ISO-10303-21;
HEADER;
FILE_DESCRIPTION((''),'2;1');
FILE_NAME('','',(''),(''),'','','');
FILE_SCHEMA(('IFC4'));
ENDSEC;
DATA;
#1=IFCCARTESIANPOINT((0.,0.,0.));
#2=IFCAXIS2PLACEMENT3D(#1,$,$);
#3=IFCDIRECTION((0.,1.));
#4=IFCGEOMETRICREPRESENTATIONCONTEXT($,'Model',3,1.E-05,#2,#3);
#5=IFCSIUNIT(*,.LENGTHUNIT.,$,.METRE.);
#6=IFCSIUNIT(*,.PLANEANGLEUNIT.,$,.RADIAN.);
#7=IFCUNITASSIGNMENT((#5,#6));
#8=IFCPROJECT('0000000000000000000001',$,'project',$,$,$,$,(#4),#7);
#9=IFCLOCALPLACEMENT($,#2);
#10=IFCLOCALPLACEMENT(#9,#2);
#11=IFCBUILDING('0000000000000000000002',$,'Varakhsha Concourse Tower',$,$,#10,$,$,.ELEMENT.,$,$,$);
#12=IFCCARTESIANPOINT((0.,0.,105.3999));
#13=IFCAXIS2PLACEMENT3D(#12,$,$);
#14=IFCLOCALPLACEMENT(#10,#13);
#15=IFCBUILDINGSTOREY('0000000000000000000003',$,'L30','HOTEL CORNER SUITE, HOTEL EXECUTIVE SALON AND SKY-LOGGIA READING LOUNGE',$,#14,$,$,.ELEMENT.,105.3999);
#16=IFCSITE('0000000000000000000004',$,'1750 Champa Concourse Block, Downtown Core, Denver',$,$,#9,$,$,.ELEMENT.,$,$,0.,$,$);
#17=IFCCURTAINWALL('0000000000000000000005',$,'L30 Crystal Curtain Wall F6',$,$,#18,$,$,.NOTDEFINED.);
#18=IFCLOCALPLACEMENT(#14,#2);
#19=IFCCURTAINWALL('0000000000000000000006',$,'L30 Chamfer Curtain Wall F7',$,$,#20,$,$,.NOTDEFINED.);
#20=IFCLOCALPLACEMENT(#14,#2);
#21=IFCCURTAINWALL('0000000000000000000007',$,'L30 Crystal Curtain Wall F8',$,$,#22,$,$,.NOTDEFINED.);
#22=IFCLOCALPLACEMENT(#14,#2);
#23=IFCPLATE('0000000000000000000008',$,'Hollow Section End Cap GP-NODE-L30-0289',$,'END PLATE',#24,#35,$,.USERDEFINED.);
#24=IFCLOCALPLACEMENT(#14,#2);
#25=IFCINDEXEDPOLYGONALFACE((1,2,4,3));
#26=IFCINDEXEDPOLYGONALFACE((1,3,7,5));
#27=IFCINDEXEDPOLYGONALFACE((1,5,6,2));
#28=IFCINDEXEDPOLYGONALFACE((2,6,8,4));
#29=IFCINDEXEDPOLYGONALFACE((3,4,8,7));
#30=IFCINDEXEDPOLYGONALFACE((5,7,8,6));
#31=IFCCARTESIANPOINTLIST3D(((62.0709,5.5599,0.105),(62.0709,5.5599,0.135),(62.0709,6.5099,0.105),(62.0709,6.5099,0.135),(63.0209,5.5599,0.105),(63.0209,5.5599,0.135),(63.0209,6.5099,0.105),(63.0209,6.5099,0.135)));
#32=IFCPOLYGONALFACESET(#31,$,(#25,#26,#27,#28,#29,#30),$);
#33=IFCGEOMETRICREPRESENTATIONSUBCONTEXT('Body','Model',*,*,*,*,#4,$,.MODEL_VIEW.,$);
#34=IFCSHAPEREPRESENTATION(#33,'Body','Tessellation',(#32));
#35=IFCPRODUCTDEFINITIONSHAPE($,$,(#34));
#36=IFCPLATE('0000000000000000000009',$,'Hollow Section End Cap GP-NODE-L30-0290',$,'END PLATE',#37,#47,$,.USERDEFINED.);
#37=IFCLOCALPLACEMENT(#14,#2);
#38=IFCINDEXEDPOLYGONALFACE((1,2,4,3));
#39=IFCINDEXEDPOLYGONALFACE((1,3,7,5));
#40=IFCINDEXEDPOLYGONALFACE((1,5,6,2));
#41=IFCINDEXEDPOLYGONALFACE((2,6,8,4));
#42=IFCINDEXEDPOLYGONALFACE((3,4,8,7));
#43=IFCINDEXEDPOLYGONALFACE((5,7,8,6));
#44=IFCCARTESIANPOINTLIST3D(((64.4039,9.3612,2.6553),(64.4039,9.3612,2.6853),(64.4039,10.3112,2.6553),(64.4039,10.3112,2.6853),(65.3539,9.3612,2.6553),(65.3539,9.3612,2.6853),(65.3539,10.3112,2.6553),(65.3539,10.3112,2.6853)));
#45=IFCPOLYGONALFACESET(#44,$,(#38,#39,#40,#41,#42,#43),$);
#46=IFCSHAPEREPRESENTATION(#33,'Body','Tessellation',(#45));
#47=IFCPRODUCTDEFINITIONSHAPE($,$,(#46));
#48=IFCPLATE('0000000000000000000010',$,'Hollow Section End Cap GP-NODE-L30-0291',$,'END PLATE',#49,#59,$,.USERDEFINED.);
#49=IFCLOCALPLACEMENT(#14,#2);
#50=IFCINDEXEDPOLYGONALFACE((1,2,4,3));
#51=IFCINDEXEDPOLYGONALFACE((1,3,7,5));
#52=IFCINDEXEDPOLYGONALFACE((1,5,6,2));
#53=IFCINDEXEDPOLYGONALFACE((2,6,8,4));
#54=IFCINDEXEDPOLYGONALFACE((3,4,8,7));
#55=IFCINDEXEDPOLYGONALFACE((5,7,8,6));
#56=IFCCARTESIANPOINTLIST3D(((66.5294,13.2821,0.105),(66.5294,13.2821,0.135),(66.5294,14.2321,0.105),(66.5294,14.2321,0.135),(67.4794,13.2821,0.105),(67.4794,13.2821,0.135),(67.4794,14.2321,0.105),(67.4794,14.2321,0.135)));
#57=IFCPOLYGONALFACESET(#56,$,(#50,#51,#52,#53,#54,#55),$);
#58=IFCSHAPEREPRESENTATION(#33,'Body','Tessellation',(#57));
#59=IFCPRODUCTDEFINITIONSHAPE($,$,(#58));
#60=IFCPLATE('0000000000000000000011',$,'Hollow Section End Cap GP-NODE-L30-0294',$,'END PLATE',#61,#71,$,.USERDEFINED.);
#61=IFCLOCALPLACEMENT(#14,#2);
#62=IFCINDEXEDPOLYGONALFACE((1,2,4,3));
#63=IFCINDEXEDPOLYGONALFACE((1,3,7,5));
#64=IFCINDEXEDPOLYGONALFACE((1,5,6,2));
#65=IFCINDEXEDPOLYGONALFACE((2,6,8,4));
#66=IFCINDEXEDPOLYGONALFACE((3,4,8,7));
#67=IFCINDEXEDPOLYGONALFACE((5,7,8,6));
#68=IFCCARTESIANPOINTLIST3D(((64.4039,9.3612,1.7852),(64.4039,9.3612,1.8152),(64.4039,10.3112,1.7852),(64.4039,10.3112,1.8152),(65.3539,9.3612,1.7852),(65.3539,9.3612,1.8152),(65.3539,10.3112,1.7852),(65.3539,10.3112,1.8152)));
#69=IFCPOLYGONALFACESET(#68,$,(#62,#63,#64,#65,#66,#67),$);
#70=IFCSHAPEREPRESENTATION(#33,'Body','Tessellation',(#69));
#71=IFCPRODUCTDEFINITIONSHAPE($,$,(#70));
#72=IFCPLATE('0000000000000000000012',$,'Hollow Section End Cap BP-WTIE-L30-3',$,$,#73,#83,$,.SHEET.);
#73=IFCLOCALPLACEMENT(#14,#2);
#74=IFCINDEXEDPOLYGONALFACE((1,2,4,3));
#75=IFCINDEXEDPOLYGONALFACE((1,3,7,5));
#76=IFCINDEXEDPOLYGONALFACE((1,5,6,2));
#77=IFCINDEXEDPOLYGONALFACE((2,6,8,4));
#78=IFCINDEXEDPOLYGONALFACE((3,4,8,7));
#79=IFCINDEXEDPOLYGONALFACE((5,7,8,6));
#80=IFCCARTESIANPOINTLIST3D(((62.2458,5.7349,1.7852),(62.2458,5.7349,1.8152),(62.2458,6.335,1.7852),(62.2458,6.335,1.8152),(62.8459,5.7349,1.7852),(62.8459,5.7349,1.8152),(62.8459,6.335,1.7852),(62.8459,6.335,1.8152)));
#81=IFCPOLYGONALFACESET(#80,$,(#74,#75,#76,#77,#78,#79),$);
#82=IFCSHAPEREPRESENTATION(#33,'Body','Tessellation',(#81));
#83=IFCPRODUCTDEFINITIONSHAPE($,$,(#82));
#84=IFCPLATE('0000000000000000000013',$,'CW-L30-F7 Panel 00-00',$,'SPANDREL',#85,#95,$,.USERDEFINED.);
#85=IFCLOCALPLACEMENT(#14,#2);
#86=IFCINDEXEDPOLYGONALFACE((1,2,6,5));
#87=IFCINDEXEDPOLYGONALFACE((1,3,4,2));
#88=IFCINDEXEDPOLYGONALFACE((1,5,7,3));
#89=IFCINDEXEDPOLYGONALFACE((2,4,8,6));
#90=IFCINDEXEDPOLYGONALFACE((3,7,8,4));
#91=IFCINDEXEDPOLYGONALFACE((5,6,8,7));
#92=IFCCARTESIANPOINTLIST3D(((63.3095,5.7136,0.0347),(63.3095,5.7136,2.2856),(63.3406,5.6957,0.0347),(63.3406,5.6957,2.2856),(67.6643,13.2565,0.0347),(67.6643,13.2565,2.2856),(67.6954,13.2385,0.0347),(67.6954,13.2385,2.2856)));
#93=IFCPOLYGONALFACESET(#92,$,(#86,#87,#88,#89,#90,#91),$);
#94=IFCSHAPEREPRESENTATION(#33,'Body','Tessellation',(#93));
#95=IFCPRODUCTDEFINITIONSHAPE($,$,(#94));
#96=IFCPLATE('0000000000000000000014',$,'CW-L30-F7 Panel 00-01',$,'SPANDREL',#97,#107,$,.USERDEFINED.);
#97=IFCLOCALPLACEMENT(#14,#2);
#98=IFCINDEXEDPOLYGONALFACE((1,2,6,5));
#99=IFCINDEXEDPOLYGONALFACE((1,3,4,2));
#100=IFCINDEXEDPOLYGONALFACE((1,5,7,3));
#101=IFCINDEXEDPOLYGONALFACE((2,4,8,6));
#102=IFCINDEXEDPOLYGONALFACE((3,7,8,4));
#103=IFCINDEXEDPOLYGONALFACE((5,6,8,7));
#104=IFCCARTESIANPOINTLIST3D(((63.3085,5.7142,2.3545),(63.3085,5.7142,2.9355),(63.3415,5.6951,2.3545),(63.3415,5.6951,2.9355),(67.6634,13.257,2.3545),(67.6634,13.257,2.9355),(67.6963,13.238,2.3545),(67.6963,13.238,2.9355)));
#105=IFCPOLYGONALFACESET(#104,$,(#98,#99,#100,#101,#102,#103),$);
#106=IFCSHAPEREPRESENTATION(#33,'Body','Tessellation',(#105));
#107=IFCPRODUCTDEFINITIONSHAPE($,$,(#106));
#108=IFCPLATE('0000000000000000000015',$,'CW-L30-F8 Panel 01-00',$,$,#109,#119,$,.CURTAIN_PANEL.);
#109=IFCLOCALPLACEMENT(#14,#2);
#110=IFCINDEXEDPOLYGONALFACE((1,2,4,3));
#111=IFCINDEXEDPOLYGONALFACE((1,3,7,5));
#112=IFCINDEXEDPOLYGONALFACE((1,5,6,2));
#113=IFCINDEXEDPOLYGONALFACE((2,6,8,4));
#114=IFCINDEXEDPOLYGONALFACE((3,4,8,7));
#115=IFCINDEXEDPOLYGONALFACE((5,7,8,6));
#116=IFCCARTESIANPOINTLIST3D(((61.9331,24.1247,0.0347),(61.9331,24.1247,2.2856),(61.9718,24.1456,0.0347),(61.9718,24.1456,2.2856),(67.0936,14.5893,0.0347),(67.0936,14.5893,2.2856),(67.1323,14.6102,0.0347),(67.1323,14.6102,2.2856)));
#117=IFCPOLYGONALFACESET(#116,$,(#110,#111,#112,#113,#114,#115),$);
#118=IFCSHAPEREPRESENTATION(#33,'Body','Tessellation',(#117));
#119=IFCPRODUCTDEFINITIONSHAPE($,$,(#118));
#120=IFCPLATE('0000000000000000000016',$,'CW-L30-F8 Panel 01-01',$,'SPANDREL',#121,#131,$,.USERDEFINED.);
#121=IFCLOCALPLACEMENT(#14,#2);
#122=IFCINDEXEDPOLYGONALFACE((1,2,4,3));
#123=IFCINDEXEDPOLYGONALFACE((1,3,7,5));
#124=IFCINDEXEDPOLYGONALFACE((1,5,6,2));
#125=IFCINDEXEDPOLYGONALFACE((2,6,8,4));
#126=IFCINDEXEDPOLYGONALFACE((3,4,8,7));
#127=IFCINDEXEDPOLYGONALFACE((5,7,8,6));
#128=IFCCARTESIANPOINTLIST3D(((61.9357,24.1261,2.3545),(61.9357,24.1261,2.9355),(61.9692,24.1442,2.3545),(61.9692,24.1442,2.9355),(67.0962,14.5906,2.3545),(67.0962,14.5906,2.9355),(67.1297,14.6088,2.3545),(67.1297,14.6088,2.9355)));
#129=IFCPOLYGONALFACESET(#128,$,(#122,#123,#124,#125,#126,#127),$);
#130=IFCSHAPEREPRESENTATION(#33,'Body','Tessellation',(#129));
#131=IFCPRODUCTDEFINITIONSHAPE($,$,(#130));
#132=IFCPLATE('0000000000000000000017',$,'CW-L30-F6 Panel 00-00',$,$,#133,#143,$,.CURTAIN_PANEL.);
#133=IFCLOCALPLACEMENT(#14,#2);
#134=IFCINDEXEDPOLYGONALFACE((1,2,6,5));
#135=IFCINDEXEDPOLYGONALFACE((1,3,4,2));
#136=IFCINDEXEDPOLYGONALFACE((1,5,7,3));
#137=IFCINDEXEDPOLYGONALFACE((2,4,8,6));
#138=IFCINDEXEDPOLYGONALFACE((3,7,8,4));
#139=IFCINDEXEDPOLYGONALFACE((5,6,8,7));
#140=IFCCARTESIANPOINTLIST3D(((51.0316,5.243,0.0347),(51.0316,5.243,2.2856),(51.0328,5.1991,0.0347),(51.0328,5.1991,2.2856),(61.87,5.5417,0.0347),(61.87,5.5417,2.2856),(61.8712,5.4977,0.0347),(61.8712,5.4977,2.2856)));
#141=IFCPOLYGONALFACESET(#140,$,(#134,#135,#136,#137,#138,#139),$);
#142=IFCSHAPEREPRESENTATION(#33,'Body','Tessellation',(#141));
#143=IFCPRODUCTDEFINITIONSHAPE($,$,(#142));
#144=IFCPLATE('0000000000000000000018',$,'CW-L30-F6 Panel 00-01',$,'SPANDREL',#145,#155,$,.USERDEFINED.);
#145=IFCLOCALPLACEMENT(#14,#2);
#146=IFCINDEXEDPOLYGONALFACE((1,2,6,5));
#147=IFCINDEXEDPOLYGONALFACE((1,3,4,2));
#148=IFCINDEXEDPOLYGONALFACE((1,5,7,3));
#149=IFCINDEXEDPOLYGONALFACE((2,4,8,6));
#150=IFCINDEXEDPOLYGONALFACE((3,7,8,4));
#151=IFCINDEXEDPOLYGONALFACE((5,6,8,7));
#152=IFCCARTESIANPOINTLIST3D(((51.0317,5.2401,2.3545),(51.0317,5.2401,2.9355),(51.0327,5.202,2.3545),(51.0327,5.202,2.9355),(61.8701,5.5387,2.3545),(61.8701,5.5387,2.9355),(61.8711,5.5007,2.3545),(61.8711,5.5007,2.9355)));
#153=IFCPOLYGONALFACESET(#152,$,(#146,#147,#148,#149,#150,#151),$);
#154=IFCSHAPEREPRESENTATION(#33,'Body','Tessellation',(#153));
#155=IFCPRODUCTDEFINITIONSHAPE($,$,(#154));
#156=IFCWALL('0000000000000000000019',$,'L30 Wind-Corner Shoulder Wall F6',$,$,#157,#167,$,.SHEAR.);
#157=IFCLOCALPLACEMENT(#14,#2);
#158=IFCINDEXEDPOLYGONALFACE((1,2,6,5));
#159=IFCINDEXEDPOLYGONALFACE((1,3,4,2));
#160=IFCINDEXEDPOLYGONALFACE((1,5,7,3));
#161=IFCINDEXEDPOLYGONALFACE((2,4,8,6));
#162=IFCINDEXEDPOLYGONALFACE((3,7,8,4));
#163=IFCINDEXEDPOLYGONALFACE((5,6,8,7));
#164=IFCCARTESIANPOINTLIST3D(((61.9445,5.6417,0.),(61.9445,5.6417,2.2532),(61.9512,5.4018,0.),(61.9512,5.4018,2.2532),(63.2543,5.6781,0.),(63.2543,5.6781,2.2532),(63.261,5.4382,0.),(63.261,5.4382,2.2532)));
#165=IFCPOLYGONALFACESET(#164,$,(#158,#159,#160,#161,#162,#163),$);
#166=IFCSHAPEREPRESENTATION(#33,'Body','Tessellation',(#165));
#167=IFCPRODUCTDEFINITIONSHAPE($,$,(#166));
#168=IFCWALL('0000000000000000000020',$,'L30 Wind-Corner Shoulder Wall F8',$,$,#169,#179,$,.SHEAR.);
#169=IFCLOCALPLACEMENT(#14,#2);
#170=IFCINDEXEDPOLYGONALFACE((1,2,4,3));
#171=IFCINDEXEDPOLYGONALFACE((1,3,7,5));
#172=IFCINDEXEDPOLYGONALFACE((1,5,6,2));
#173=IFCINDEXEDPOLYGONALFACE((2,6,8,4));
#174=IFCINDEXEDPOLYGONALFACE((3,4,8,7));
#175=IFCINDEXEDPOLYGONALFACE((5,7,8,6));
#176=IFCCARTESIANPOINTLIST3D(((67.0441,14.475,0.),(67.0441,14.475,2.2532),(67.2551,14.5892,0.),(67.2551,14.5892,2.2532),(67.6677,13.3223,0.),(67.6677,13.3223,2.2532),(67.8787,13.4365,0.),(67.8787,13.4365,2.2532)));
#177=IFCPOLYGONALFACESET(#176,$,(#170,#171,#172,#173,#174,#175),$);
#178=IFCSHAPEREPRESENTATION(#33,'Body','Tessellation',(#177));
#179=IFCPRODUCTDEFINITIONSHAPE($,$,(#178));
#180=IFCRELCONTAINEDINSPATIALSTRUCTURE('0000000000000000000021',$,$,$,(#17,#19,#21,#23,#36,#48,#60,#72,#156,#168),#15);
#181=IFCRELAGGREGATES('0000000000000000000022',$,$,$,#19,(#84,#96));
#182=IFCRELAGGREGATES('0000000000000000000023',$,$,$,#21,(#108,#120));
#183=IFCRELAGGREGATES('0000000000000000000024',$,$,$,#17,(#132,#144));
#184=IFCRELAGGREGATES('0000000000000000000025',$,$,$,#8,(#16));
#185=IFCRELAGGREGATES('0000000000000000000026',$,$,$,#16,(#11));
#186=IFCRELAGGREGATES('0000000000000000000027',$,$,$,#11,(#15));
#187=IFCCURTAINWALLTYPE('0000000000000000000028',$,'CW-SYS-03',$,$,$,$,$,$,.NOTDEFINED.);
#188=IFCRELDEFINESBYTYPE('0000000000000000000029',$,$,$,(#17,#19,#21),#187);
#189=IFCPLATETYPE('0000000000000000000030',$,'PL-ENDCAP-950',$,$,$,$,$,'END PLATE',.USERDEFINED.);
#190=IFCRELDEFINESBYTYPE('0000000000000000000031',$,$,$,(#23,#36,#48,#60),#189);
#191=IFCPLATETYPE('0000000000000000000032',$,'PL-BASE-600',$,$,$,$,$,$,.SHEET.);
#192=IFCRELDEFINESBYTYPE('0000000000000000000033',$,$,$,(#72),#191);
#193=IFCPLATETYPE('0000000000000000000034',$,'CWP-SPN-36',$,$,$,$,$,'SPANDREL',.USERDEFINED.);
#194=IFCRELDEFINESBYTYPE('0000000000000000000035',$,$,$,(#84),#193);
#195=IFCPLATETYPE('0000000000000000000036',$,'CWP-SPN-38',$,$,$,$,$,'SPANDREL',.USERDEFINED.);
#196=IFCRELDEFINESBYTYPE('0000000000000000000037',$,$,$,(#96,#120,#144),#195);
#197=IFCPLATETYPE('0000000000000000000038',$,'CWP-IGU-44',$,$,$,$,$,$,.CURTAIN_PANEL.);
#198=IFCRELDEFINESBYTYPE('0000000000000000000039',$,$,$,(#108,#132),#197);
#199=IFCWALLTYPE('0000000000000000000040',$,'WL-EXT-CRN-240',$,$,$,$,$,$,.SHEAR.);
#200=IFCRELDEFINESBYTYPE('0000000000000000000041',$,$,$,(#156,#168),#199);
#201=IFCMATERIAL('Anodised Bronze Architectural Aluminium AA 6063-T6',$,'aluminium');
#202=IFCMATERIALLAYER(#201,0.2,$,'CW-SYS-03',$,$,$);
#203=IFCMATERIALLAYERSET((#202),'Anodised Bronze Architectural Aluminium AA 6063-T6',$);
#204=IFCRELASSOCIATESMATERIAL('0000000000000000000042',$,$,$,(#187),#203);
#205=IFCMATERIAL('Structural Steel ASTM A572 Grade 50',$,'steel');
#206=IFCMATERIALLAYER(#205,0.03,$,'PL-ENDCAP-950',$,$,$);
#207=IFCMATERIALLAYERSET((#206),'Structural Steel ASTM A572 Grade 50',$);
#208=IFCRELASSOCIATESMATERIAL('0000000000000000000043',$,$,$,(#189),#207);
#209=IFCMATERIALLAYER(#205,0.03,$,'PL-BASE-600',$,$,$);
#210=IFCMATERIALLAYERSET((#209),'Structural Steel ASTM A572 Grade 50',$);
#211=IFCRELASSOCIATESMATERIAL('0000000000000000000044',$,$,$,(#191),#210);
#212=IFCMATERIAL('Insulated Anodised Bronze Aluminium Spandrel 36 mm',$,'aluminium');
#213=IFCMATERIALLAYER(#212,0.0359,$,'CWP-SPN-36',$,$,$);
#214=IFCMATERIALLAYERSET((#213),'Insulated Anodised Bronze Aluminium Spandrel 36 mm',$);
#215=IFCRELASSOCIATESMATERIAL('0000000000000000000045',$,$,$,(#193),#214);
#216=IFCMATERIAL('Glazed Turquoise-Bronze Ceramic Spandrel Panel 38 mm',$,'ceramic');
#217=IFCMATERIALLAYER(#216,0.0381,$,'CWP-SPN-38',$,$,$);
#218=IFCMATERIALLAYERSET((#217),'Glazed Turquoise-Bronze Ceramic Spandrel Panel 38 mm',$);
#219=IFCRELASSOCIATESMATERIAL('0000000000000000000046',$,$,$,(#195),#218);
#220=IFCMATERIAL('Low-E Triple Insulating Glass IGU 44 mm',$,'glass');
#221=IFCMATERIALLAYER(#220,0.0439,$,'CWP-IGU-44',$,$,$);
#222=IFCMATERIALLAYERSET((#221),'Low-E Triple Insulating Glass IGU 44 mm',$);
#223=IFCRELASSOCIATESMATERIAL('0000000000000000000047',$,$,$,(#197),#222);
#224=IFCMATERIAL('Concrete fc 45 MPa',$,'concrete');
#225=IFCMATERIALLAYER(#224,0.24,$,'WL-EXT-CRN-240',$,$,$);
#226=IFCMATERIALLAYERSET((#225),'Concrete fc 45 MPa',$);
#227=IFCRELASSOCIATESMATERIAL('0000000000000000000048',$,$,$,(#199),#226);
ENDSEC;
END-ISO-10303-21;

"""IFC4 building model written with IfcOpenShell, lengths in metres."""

from ifc_helpers import new_model, si_unit, direction, frame, frame_2d, origin, origin_2d, place, context, subcontext, project, spatial, rectangle, extrude, source, transform, mapped, material, layer, layer_set, type_object, type_shapes, element, aggregate, save


model = new_model("IFC4")

# Units and contexts
model_context = context("Model", 3, precision=1e-05, world=origin(), true_north=direction((0.0, 1.0)))
body_context = subcontext(model_context, "Body", "Model", "MODEL_VIEW")
ifc_project = project(units=[si_unit("LENGTHUNIT", "METRE"), si_unit("PLANEANGLEUNIT", "RADIAN")], contexts=[model_context])

# Site, building, storey
site_placement = place(None, origin())
site = spatial("IfcSite", under=ifc_project, at=site_placement, Name="1750 Champa Concourse Block, Downtown Core, Denver", CompositionType="ELEMENT", RefElevation=0.0)
building_placement = place(site_placement, origin())
building = spatial("IfcBuilding", under=site, at=building_placement, Name="Varakhsha Concourse Tower", CompositionType="ELEMENT")
storey_placement = place(building_placement, frame((0.0, 0.0, 105.3999)))
storey = spatial("IfcBuildingStorey", under=building, at=storey_placement, Name="L30", Description="HOTEL CORNER SUITE, HOTEL EXECUTIVE SALON AND SKY-LOGGIA READING LOUNGE", CompositionType="ELEMENT", Elevation=105.3999)

# Shared definitions
ifc_material_1 = material(Name="Structural Steel ASTM A572 Grade 50", Category="steel")

# Curtain wall
ifc_material_2 = material(Name="Anodised Bronze Architectural Aluminium AA 6063-T6", Category="aluminium")
ifc_layer_1 = layer(ifc_material_2, 0.2, Name="CW-SYS-03")
ifc_layer_set_1 = layer_set([ifc_layer_1], Name="Anodised Bronze Architectural Aluminium AA 6063-T6")
curtain_wall_type = type_object("IfcCurtainWallType", Name="CW-SYS-03", PredefinedType="NOTDEFINED", material=ifc_layer_set_1)
curtain_wall_1_placement = place(storey_placement, origin())
curtain_wall_1 = element("IfcCurtainWall", 1, at=curtain_wall_1_placement, inside=storey, type_object=curtain_wall_type, Name="L30 Crystal Curtain Wall F6", PredefinedType="NOTDEFINED")

# Curtain walls
curtain_wall_2_placement = place(storey_placement, origin())
curtain_wall_2 = element("IfcCurtainWall", 2, at=curtain_wall_2_placement, inside=storey, type_object=curtain_wall_type, Name="L30 Chamfer Curtain Wall F7", PredefinedType="NOTDEFINED")
curtain_wall_3_placement = place(storey_placement, origin())
curtain_wall_3 = element("IfcCurtainWall", 3, at=curtain_wall_3_placement, inside=storey, type_object=curtain_wall_type, Name="L30 Crystal Curtain Wall F8", PredefinedType="NOTDEFINED")

# Plates
ifc_layer_2 = layer(ifc_material_1, 0.03, Name="PL-ENDCAP-950")
ifc_layer_set_2 = layer_set([ifc_layer_2], Name="Structural Steel ASTM A572 Grade 50")
plate_type_1 = type_object("IfcPlateType", Name="PL-ENDCAP-950", ElementType="END PLATE", PredefinedType="USERDEFINED", material=ifc_layer_set_2)
shared_shape_1 = source(origin(), body_context, "Body", "SweptSolid", [
    extrude(rectangle(XDim=0.95, YDim=0.95, at=origin_2d()), origin(), (0.0, 0.0, 1.0), 0.03),
])
type_shapes(plate_type_1, [shared_shape_1])
for number, where, z_axis, x_axis, name in (
    (4, (62.5459, 6.0349, 0.105), (0.0, 0.0, 1.0), (1.0, 0.0, 0.0), "Hollow Section End Cap GP-NODE-L30-0289"),
    (5, (64.8789, 9.8362, 2.6553), (0.0, 0.0, 1.0), (1.0, 0.0, 0.0), "Hollow Section End Cap GP-NODE-L30-0290"),
    (6, (67.0044, 13.7571, 0.105), (0.0, 0.0, 1.0), (1.0, 0.0, 0.0), "Hollow Section End Cap GP-NODE-L30-0291"),
    (7, (64.8789, 9.8362, 1.7852), (0.0, 0.0, 1.0), (1.0, 0.0, 0.0), "Hollow Section End Cap GP-NODE-L30-0294"),
):
    element("IfcPlate", number, at=place(storey_placement, frame(where, z_axis=z_axis, x_axis=x_axis)), inside=storey, type_object=plate_type_1, Name=name, ObjectType="END PLATE", PredefinedType="USERDEFINED", context=body_context, shape_type="MappedRepresentation", body=[
        mapped(shared_shape_1, transform((0.0, 0.0, 0.0), scale=1.0)),
    ])
ifc_layer_3 = layer(ifc_material_1, 0.03, Name="PL-BASE-600")
ifc_layer_set_3 = layer_set([ifc_layer_3], Name="Structural Steel ASTM A572 Grade 50")
plate_type_2 = type_object("IfcPlateType", Name="PL-BASE-600", PredefinedType="SHEET", material=ifc_layer_set_3)
shared_shape_2 = source(origin(), body_context, "Body", "SweptSolid", [
    extrude(rectangle(XDim=0.6001, YDim=0.6001, at=origin_2d()), origin(), (0.0, 0.0, 1.0), 0.03),
])
type_shapes(plate_type_2, [shared_shape_2])
plate_1_placement = place(storey_placement, frame((62.5459, 6.0349, 1.7852), z_axis=(0.0, 0.0, 1.0), x_axis=(1.0, 0.0, 0.0)))
element("IfcPlate", 8, at=plate_1_placement, inside=storey, type_object=plate_type_2, Name="Hollow Section End Cap BP-WTIE-L30-3", PredefinedType="SHEET", context=body_context, shape_type="MappedRepresentation", body=[
    mapped(shared_shape_2, transform((0.0, 0.0, 0.0), scale=1.0)),
])

# Plates
ifc_material_3 = material(Name="Insulated Anodised Bronze Aluminium Spandrel 36 mm", Category="aluminium")
ifc_layer_4 = layer(ifc_material_3, 0.0359, Name="CWP-SPN-36")
ifc_layer_set_4 = layer_set([ifc_layer_4], Name="Insulated Anodised Bronze Aluminium Spandrel 36 mm")
plate_type_3 = type_object("IfcPlateType", Name="CWP-SPN-36", ElementType="SPANDREL", PredefinedType="USERDEFINED", material=ifc_layer_set_4)
shared_shape_3 = source(origin(), body_context, "Body", "SweptSolid", [
    extrude(rectangle(XDim=8.7097, YDim=0.0359, at=origin_2d()), origin(), (0.0, 0.0, 1.0), 2.251),
])
type_shapes(plate_type_3, [shared_shape_3])
plate_2_placement = place(storey_placement, frame((65.5024, 9.4761, 0.0347), z_axis=(0.0, 0.0, 1.0), x_axis=(-0.499997, -0.866027, 0.0)))
plate_2 = element("IfcPlate", 9, at=plate_2_placement, type_object=plate_type_3, Name="CW-L30-F7 Panel 00-00", ObjectType="SPANDREL", PredefinedType="USERDEFINED", context=body_context, shape_type="MappedRepresentation", body=[
    mapped(shared_shape_3, transform((0.0, 0.0, 0.0), scale=1.0)),
])
ifc_material_4 = material(Name="Glazed Turquoise-Bronze Ceramic Spandrel Panel 38 mm", Category="ceramic")
ifc_layer_5 = layer(ifc_material_4, 0.0381, Name="CWP-SPN-38")
ifc_layer_set_5 = layer_set([ifc_layer_5], Name="Glazed Turquoise-Bronze Ceramic Spandrel Panel 38 mm")
plate_type_4 = type_object("IfcPlateType", Name="CWP-SPN-38", ElementType="SPANDREL", PredefinedType="USERDEFINED", material=ifc_layer_set_5)
shared_shape_4 = source(origin(), body_context, "Body", "SweptSolid", [
    extrude(rectangle(XDim=8.7097, YDim=0.0381, at=origin_2d()), origin(), (0.0, 0.0, 1.0), 0.5811),
])
plate_3_placement = place(storey_placement, frame((65.5024, 9.4761, 2.3545), z_axis=(0.0, 0.0, 1.0), x_axis=(-0.499997, -0.866027, 0.0)))
plate_3 = element("IfcPlate", 10, at=plate_3_placement, type_object=plate_type_4, Name="CW-L30-F7 Panel 00-01", ObjectType="SPANDREL", PredefinedType="USERDEFINED", context=body_context, shape_type="MappedRepresentation", body=[
    mapped(shared_shape_4, transform((0.0, 0.0, 0.0), scale=1.0)),
])
aggregate(curtain_wall_2, [plate_2, plate_3])
ifc_material_5 = material(Name="Low-E Triple Insulating Glass IGU 44 mm", Category="glass")
ifc_layer_6 = layer(ifc_material_5, 0.0439, Name="CWP-IGU-44")
ifc_layer_set_6 = layer_set([ifc_layer_6], Name="Low-E Triple Insulating Glass IGU 44 mm")
plate_type_5 = type_object("IfcPlateType", Name="CWP-IGU-44", PredefinedType="CURTAIN_PANEL", material=ifc_layer_set_6)
shared_shape_5 = source(origin(), body_context, "Body", "SweptSolid", [
    extrude(rectangle(XDim=10.8423, YDim=0.0439, at=origin_2d()), origin(), (0.0, 0.0, 1.0), 2.251),
])
plate_4_placement = place(storey_placement, frame((64.5327, 19.3674, 0.0347), z_axis=(0.0, 0.0, 1.0), x_axis=(0.475959, -0.879468, 0.0)))
plate_4 = element("IfcPlate", 11, at=plate_4_placement, type_object=plate_type_5, Name="CW-L30-F8 Panel 01-00", PredefinedType="CURTAIN_PANEL", context=body_context, shape_type="MappedRepresentation", body=[
    mapped(shared_shape_5, transform((0.0, 0.0, 0.0), scale=1.0)),
])
shared_shape_6 = source(origin(), body_context, "Body", "SweptSolid", [
    extrude(rectangle(XDim=10.8423, YDim=0.0381, at=origin_2d()), origin(), (0.0, 0.0, 1.0), 0.5811),
])
plate_5_placement = place(storey_placement, frame((64.5327, 19.3674, 2.3545), z_axis=(0.0, 0.0, 1.0), x_axis=(0.475959, -0.879468, 0.0)))
plate_5 = element("IfcPlate", 12, at=plate_5_placement, type_object=plate_type_4, Name="CW-L30-F8 Panel 01-01", ObjectType="SPANDREL", PredefinedType="USERDEFINED", context=body_context, shape_type="MappedRepresentation", body=[
    mapped(shared_shape_6, transform((0.0, 0.0, 0.0), scale=1.0)),
])
aggregate(curtain_wall_3, [plate_4, plate_5])
shared_shape_7 = source(origin(), body_context, "Body", "SweptSolid", [
    extrude(rectangle(XDim=10.8425, YDim=0.0439, at=origin_2d()), origin(), (0.0, 0.0, 1.0), 2.251),
])
type_shapes(plate_type_5, [shared_shape_5, shared_shape_7])
plate_6_placement = place(storey_placement, frame((56.4514, 5.3704, 0.0347), z_axis=(0.0, 0.0, 1.0), x_axis=(-0.999621, -0.027547, 0.0)))
plate_6 = element("IfcPlate", 13, at=plate_6_placement, type_object=plate_type_5, Name="CW-L30-F6 Panel 00-00", PredefinedType="CURTAIN_PANEL", context=body_context, shape_type="MappedRepresentation", body=[
    mapped(shared_shape_7, transform((0.0, 0.0, 0.0), scale=1.0)),
])
shared_shape_8 = source(origin(), body_context, "Body", "SweptSolid", [
    extrude(rectangle(XDim=10.8425, YDim=0.0381, at=origin_2d()), origin(), (0.0, 0.0, 1.0), 0.5811),
])
type_shapes(plate_type_4, [shared_shape_4, shared_shape_6, shared_shape_8])
plate_7_placement = place(storey_placement, frame((56.4514, 5.3704, 2.3545), z_axis=(0.0, 0.0, 1.0), x_axis=(-0.999621, -0.027547, 0.0)))
plate_7 = element("IfcPlate", 14, at=plate_7_placement, type_object=plate_type_4, Name="CW-L30-F6 Panel 00-01", ObjectType="SPANDREL", PredefinedType="USERDEFINED", context=body_context, shape_type="MappedRepresentation", body=[
    mapped(shared_shape_8, transform((0.0, 0.0, 0.0), scale=1.0)),
])
aggregate(curtain_wall_1, [plate_6, plate_7])

# Walls
ifc_material_6 = material(Name="Concrete fc 45 MPa", Category="concrete")
ifc_layer_7 = layer(ifc_material_6, 0.24, Name="WL-EXT-CRN-240")
ifc_layer_set_7 = layer_set([ifc_layer_7], Name="Concrete fc 45 MPa")
wall_type = type_object("IfcWallType", Name="WL-EXT-CRN-240", PredefinedType="SHEAR", material=ifc_layer_set_7)
wall_1_placement = place(storey_placement, frame((61.9478, 5.5217, 0.0), z_axis=(0.0, 0.0, 1.0), x_axis=(0.999615, 0.027762, 0.0)))
element("IfcWall", 15, at=wall_1_placement, inside=storey, type_object=wall_type, Name="L30 Wind-Corner Shoulder Wall F6", PredefinedType="SHEAR", context=body_context, shape_type="SweptSolid", body=[
    extrude(rectangle(XDim=1.3103, YDim=0.24, at=frame_2d((0.6553, 0.0))), origin(), (0.0, 0.0, 1.0), 2.2532),
])
wall_2_placement = place(storey_placement, frame((67.7732, 13.3794, 0.0), z_axis=(0.0, 0.0, 1.0), x_axis=(-0.475821, 0.879542, 0.0)))
element("IfcWall", 16, at=wall_2_placement, inside=storey, type_object=wall_type, Name="L30 Wind-Corner Shoulder Wall F8", PredefinedType="SHEAR", context=body_context, shape_type="SweptSolid", body=[
    extrude(rectangle(XDim=1.3105, YDim=0.24, at=frame_2d((0.6553, 0.0))), origin(), (0.0, 0.0, 1.0), 2.2532),
])

save(model, "model.ifc")
